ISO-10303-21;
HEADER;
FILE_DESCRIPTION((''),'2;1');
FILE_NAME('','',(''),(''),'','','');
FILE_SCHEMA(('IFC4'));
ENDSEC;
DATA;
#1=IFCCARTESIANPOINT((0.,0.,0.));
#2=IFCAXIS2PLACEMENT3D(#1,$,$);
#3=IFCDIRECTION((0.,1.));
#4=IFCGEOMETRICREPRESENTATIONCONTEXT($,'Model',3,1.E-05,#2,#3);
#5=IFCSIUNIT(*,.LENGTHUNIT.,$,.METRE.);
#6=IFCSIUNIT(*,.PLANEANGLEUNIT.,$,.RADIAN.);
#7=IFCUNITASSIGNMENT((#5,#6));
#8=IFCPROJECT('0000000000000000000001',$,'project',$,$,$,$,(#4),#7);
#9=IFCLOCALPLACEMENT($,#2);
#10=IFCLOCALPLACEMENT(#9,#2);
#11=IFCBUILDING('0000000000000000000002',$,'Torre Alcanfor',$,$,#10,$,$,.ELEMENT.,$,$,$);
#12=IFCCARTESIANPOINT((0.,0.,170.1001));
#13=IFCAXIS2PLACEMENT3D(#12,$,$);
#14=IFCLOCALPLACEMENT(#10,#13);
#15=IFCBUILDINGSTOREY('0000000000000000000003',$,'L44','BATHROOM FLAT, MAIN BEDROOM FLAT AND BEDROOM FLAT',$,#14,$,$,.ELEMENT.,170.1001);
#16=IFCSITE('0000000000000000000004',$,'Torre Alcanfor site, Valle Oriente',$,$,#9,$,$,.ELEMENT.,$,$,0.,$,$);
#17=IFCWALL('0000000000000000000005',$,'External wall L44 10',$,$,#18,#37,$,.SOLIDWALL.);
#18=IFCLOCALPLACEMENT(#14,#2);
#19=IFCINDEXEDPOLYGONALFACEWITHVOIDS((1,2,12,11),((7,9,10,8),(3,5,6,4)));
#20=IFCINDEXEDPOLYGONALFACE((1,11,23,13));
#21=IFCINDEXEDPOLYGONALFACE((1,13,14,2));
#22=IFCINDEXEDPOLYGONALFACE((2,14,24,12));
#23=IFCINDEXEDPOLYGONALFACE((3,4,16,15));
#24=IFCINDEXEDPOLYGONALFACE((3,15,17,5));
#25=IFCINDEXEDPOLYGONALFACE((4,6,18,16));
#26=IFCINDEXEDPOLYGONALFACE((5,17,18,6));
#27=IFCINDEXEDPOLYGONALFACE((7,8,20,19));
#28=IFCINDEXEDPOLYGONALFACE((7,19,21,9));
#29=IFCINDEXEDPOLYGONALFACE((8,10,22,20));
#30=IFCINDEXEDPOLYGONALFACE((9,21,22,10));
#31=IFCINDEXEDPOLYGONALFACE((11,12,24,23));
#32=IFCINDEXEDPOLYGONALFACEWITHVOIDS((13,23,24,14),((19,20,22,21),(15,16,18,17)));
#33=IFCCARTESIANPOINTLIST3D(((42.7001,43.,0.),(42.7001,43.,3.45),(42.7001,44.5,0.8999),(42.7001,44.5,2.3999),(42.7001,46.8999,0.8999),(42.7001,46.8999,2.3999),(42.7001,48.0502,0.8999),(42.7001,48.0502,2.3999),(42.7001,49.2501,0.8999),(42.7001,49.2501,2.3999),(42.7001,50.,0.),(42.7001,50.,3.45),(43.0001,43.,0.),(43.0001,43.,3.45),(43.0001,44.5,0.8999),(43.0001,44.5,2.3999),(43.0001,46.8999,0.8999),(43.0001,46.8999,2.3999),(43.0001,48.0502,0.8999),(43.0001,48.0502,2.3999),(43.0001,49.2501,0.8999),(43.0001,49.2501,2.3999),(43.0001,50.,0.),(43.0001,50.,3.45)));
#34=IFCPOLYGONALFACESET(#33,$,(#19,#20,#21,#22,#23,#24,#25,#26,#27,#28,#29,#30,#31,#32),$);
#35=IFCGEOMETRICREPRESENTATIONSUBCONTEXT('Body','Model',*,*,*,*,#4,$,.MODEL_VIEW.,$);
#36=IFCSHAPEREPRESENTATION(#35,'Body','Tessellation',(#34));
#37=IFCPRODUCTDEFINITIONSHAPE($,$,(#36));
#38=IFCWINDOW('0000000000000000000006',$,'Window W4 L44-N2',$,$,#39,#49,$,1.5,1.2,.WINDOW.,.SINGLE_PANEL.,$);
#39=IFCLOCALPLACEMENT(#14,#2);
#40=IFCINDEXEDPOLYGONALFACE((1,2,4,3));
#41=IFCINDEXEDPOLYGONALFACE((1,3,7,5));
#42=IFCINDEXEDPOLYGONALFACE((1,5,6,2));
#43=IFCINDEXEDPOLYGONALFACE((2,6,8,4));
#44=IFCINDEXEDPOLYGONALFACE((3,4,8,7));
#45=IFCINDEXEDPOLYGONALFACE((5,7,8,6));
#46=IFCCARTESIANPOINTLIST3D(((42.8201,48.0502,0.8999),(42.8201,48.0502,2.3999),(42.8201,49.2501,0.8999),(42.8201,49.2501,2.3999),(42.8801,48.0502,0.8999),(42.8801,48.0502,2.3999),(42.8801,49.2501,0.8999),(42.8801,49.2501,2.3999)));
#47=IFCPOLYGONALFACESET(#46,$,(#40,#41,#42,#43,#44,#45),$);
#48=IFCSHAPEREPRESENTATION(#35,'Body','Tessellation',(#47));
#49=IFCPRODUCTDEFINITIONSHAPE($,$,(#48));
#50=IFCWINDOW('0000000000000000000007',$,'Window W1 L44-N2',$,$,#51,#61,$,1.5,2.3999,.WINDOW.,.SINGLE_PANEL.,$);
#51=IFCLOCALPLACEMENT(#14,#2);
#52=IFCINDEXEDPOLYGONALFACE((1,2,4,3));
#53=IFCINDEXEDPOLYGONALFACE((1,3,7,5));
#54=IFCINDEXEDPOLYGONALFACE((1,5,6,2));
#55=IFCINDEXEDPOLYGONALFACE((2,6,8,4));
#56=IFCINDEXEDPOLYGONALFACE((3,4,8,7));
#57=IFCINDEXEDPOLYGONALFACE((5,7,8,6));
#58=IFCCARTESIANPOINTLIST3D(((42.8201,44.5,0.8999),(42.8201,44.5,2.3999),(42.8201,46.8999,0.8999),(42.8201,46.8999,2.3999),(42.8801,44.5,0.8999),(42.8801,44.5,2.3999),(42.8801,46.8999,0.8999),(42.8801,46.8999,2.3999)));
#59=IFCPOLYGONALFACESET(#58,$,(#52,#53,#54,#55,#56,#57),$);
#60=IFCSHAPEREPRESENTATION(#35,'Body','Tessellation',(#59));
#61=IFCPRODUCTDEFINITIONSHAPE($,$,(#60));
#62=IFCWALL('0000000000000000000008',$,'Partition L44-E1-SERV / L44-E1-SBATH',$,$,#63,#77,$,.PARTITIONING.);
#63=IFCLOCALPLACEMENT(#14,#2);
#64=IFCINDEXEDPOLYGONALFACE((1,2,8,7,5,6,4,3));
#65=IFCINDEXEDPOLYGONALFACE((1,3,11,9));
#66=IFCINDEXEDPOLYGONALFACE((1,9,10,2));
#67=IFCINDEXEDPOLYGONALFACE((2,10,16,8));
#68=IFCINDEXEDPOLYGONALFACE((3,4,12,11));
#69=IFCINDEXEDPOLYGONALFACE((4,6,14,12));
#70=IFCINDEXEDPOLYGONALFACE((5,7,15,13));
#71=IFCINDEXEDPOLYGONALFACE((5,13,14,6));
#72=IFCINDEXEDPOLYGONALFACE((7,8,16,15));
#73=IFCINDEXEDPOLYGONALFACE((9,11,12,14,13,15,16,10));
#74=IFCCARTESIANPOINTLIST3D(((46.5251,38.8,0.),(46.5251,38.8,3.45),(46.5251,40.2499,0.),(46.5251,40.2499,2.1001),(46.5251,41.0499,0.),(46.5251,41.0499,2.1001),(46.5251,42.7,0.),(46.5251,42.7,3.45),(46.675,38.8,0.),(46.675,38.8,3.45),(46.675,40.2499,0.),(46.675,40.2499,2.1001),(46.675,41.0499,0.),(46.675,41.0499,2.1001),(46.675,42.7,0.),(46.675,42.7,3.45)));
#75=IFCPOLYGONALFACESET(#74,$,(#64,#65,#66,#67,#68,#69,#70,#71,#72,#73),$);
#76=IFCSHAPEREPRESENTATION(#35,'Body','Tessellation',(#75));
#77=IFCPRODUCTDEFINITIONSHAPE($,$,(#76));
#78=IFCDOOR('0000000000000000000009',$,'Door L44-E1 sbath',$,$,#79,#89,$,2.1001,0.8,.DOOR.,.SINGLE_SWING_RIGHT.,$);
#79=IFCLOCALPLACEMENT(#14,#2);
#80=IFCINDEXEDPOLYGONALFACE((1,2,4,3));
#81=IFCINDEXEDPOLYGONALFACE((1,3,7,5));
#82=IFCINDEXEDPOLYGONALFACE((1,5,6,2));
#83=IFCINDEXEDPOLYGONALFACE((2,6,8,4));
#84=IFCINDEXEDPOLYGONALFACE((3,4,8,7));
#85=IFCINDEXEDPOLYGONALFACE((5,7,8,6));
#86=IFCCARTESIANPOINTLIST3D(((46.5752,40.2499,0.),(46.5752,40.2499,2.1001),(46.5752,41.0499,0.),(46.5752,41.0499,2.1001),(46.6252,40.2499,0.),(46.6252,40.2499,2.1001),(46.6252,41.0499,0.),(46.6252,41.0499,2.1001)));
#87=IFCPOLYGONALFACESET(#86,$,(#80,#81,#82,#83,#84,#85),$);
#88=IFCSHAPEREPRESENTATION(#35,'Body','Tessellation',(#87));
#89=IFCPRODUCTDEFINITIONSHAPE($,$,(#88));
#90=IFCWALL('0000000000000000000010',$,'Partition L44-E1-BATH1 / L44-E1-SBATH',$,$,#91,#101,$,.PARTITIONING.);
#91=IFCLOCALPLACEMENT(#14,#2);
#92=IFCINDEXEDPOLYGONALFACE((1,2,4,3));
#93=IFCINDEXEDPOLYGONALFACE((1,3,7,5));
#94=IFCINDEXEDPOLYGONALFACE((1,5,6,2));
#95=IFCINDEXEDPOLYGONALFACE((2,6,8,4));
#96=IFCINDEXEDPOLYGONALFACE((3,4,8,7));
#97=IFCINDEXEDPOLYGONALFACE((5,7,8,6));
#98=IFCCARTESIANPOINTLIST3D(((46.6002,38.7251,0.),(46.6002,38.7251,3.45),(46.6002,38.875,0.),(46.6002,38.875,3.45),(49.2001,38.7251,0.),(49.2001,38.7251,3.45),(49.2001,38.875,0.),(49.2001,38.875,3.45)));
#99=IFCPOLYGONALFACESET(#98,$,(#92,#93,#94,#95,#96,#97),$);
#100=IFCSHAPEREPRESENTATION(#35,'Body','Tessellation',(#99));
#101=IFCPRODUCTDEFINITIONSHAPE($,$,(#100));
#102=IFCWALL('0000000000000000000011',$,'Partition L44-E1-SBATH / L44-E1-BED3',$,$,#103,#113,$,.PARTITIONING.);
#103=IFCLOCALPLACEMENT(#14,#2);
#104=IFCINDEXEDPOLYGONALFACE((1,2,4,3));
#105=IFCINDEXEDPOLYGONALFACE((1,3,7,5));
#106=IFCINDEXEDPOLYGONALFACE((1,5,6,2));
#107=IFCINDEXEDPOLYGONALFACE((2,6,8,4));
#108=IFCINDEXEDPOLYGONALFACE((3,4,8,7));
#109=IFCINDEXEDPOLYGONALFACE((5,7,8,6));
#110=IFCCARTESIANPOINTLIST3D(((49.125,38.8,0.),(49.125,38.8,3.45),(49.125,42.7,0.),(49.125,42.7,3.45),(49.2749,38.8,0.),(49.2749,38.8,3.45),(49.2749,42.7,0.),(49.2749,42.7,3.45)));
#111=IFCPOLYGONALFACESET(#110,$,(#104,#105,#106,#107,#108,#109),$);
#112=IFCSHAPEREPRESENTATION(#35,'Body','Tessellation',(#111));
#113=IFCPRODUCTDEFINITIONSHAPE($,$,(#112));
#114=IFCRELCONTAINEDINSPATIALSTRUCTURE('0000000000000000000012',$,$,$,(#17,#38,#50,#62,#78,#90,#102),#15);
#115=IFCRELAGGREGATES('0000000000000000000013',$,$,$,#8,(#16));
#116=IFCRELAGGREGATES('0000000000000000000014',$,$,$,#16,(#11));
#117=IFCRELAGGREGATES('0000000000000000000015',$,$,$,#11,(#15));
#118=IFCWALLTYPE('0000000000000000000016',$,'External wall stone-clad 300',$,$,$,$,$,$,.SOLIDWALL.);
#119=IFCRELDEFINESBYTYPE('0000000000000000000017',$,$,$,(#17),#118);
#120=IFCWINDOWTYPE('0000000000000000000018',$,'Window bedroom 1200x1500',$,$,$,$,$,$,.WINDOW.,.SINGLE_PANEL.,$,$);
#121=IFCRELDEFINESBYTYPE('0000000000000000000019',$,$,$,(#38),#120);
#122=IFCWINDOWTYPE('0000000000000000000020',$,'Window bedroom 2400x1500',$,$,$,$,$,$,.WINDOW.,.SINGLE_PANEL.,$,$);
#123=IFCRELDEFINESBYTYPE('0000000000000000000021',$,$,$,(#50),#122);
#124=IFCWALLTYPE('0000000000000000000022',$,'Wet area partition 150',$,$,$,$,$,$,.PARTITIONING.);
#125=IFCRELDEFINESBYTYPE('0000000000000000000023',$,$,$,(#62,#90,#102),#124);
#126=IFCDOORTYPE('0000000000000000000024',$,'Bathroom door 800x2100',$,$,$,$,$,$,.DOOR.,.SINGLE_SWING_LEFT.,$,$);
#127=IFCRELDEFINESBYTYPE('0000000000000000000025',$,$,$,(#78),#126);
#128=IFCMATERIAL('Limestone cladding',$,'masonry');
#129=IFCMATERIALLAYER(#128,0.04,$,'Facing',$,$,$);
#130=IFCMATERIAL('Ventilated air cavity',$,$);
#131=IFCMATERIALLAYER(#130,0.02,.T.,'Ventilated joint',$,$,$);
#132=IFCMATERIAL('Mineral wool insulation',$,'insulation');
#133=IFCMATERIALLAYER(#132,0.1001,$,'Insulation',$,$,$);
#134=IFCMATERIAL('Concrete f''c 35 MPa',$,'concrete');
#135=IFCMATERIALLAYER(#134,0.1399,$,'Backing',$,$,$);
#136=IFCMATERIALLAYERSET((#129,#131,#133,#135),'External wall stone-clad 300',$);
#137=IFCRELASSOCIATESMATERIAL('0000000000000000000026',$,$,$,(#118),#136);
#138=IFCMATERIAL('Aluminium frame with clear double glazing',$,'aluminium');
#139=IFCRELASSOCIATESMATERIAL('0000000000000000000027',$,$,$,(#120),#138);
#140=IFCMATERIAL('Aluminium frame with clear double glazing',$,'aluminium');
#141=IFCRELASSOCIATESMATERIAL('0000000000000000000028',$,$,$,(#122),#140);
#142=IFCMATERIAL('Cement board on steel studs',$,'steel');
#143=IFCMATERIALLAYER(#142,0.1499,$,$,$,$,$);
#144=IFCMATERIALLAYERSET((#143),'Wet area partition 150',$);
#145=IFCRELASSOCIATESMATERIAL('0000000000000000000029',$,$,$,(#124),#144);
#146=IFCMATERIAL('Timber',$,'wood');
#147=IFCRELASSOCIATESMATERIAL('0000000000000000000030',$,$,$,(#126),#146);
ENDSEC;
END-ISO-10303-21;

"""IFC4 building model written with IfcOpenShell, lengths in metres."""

from ifc_helpers import new_model, si_unit, direction, frame, frame_2d, origin, place, context, subcontext, project, spatial, rectangle, extrude, material, layer, layer_set, type_object, element, fill, save


model = new_model("IFC4")

# Units and contexts
model_context = context("Model", 3, precision=1e-05, world=origin(), true_north=direction((0.0, 1.0)))
body_context = subcontext(model_context, "Body", "Model", "MODEL_VIEW")
ifc_project = project(units=[si_unit("LENGTHUNIT", "METRE"), si_unit("PLANEANGLEUNIT", "RADIAN")], contexts=[model_context])

# Site, building, storey
site_placement = place(None, origin())
site = spatial("IfcSite", under=ifc_project, at=site_placement, Name="Torre Alcanfor site, Valle Oriente", CompositionType="ELEMENT", RefElevation=0.0)
building_placement = place(site_placement, origin())
building = spatial("IfcBuilding", under=site, at=building_placement, Name="Torre Alcanfor", CompositionType="ELEMENT")
storey_placement = place(building_placement, frame((0.0, 0.0, 170.1001)))
storey = spatial("IfcBuildingStorey", under=building, at=storey_placement, Name="L44", Description="BATHROOM FLAT, MAIN BEDROOM FLAT AND BEDROOM FLAT", CompositionType="ELEMENT", Elevation=170.1001)

# Wall, openings, windows
ifc_material_1 = material(Name="Limestone cladding", Category="masonry")
ifc_layer_1 = layer(ifc_material_1, 0.04, Name="Facing")
ifc_material_2 = material(Name="Ventilated air cavity")
ifc_layer_2 = layer(ifc_material_2, 0.02, ventilated=True, Name="Ventilated joint")
ifc_material_3 = material(Name="Mineral wool insulation", Category="insulation")
ifc_layer_3 = layer(ifc_material_3, 0.1001, Name="Insulation")
ifc_material_4 = material(Name="Concrete f'c 35 MPa", Category="concrete")
ifc_layer_4 = layer(ifc_material_4, 0.1399, Name="Backing")
ifc_layer_set_1 = layer_set([ifc_layer_1, ifc_layer_2, ifc_layer_3, ifc_layer_4], Name="External wall stone-clad 300")
wall_type_1 = type_object("IfcWallType", Name="External wall stone-clad 300", PredefinedType="SOLIDWALL", material=ifc_layer_set_1)
wall_1_placement = place(storey_placement, frame((42.8501, 43.0, 0.0), z_axis=(0.0, 0.0, 1.0), x_axis=(0.0, 1.0, 0.0)))
wall_1 = element("IfcWall", 1, at=wall_1_placement, inside=storey, type_object=wall_type_1, Name="External wall L44 10", PredefinedType="SOLIDWALL", context=body_context, shape_type="SweptSolid", body=[
    extrude(rectangle(XDim=7.0, YDim=0.3, at=frame_2d((3.5, 0.0))), origin(), (0.0, 0.0, 1.0), 3.45),
])
opening_1_placement = place(wall_1_placement, frame((1.5, 0.0, 0.8999)))
opening_1 = element("IfcOpeningElement", 2, at=opening_1_placement, cuts=wall_1, PredefinedType="OPENING", context=body_context, shape_type="SweptSolid", body=[
    extrude(rectangle(XDim=2.3999, YDim=1.5, at=frame_2d((1.2, 0.75))), frame((0.0, 0.1599, 0.0), z_axis=(0.0, -1.0, 0.0), x_axis=(1.0, 0.0, 0.0)), (0.0, 0.0, 1.0), 0.3201),
])
opening_2_placement = place(wall_1_placement, frame((5.05, 0.0, 0.8999)))
opening_2 = element("IfcOpeningElement", 3, at=opening_2_placement, cuts=wall_1, PredefinedType="OPENING", context=body_context, shape_type="SweptSolid", body=[
    extrude(rectangle(XDim=1.2, YDim=1.5, at=frame_2d((0.6001, 0.75))), frame((0.0, 0.1599, 0.0), z_axis=(0.0, -1.0, 0.0), x_axis=(1.0, 0.0, 0.0)), (0.0, 0.0, 1.0), 0.3201),
])
ifc_material_5 = material(Name="Aluminium frame with clear double glazing", Category="aluminium")
window_type_1 = type_object("IfcWindowType", Name="Window bedroom 1200x1500", PartitioningType="SINGLE_PANEL", PredefinedType="WINDOW", material=ifc_material_5)
window_1_placement = place(opening_2_placement, origin())
window_1 = element("IfcWindow", 4, at=window_1_placement, inside=storey, type_object=window_type_1, Name="Window W4 L44-N2", OverallHeight=1.5, OverallWidth=1.2, PartitioningType="SINGLE_PANEL", PredefinedType="WINDOW", context=body_context, shape_type="SweptSolid", body=[
    extrude(rectangle(XDim=1.2, YDim=1.5, at=frame_2d((0.6001, 0.75))), frame((0.0, 0.03, 0.0), z_axis=(0.0, -1.0, 0.0), x_axis=(1.0, 0.0, 0.0)), (0.0, 0.0, 1.0), 0.0601),
])
fill(opening_2, window_1)
ifc_material_6 = material(Name="Aluminium frame with clear double glazing", Category="aluminium")
window_type_2 = type_object("IfcWindowType", Name="Window bedroom 2400x1500", PartitioningType="SINGLE_PANEL", PredefinedType="WINDOW", material=ifc_material_6)
window_2_placement = place(opening_1_placement, origin())
window_2 = element("IfcWindow", 5, at=window_2_placement, inside=storey, type_object=window_type_2, Name="Window W1 L44-N2", OverallHeight=1.5, OverallWidth=2.3999, PartitioningType="SINGLE_PANEL", PredefinedType="WINDOW", context=body_context, shape_type="SweptSolid", body=[
    extrude(rectangle(XDim=2.3999, YDim=1.5, at=frame_2d((1.2, 0.75))), frame((0.0, 0.03, 0.0), z_axis=(0.0, -1.0, 0.0), x_axis=(1.0, 0.0, 0.0)), (0.0, 0.0, 1.0), 0.0601),
])
fill(opening_1, window_2)

# Wall, opening, door
ifc_material_7 = material(Name="Cement board on steel studs", Category="steel")
ifc_layer_5 = layer(ifc_material_7, 0.1499)
ifc_layer_set_2 = layer_set([ifc_layer_5], Name="Wet area partition 150")
wall_type_2 = type_object("IfcWallType", Name="Wet area partition 150", PredefinedType="PARTITIONING", material=ifc_layer_set_2)
wall_2_placement = place(storey_placement, frame((46.6001, 38.8, 0.0), z_axis=(0.0, 0.0, 1.0), x_axis=(0.0, 1.0, 0.0)))
wall_2 = element("IfcWall", 6, at=wall_2_placement, inside=storey, type_object=wall_type_2, Name="Partition L44-E1-SERV / L44-E1-SBATH", PredefinedType="PARTITIONING", context=body_context, shape_type="SweptSolid", body=[
    extrude(rectangle(XDim=3.8999, YDim=0.1499, at=frame_2d((1.95, 0.0))), origin(), (0.0, 0.0, 1.0), 3.45),
])
opening_3_placement = place(wall_2_placement, frame((1.45, 0.0, 0.0)))
opening_3 = element("IfcOpeningElement", 7, at=opening_3_placement, cuts=wall_2, PredefinedType="OPENING", context=body_context, shape_type="SweptSolid", body=[
    extrude(rectangle(XDim=0.8, YDim=2.1001, at=frame_2d((0.3999, 1.05))), frame((0.0, 0.085, 0.0), z_axis=(0.0, -1.0, 0.0), x_axis=(1.0, 0.0, 0.0)), (0.0, 0.0, 1.0), 0.1699),
])
ifc_material_8 = material(Name="Timber", Category="wood")
door_type = type_object("IfcDoorType", Name="Bathroom door 800x2100", OperationType="SINGLE_SWING_LEFT", PredefinedType="DOOR", material=ifc_material_8)
door_placement = place(opening_3_placement, frame((0.8, 0.0, 0.0), z_axis=(0.0, 0.0, 1.0), x_axis=(-1.0, 0.0, 0.0)))
door = element("IfcDoor", 8, at=door_placement, inside=storey, type_object=door_type, Name="Door L44-E1 sbath", OperationType="SINGLE_SWING_RIGHT", OverallHeight=2.1001, OverallWidth=0.8, PredefinedType="DOOR", context=body_context, shape_type="SweptSolid", body=[
    extrude(rectangle(XDim=0.8, YDim=2.1001, at=frame_2d((0.4001, 1.05))), frame((0.0, 0.0251, 0.0), z_axis=(0.0, -1.0, 0.0), x_axis=(1.0, 0.0, 0.0)), (0.0, 0.0, 1.0), 0.05),
])
fill(opening_3, door)

# Walls
wall_3_placement = place(storey_placement, frame((49.2, 38.8, 0.0), z_axis=(0.0, 0.0, 1.0), x_axis=(-1.0, 0.0, 0.0)))
element("IfcWall", 9, at=wall_3_placement, inside=storey, type_object=wall_type_2, Name="Partition L44-E1-BATH1 / L44-E1-SBATH", PredefinedType="PARTITIONING", context=body_context, shape_type="SweptSolid", body=[
    extrude(rectangle(XDim=2.5999, YDim=0.1499, at=frame_2d((1.2998, 0.0))), origin(), (0.0, 0.0, 1.0), 3.45),
])
wall_4_placement = place(storey_placement, frame((49.2, 38.8, 0.0), z_axis=(0.0, 0.0, 1.0), x_axis=(0.0, 1.0, 0.0)))
element("IfcWall", 10, at=wall_4_placement, inside=storey, type_object=wall_type_2, Name="Partition L44-E1-SBATH / L44-E1-BED3", PredefinedType="PARTITIONING", context=body_context, shape_type="SweptSolid", body=[
    extrude(rectangle(XDim=3.8999, YDim=0.1499, at=frame_2d((1.95, 0.0))), origin(), (0.0, 0.0, 1.0), 3.45),
])

save(model, "model.ifc")
